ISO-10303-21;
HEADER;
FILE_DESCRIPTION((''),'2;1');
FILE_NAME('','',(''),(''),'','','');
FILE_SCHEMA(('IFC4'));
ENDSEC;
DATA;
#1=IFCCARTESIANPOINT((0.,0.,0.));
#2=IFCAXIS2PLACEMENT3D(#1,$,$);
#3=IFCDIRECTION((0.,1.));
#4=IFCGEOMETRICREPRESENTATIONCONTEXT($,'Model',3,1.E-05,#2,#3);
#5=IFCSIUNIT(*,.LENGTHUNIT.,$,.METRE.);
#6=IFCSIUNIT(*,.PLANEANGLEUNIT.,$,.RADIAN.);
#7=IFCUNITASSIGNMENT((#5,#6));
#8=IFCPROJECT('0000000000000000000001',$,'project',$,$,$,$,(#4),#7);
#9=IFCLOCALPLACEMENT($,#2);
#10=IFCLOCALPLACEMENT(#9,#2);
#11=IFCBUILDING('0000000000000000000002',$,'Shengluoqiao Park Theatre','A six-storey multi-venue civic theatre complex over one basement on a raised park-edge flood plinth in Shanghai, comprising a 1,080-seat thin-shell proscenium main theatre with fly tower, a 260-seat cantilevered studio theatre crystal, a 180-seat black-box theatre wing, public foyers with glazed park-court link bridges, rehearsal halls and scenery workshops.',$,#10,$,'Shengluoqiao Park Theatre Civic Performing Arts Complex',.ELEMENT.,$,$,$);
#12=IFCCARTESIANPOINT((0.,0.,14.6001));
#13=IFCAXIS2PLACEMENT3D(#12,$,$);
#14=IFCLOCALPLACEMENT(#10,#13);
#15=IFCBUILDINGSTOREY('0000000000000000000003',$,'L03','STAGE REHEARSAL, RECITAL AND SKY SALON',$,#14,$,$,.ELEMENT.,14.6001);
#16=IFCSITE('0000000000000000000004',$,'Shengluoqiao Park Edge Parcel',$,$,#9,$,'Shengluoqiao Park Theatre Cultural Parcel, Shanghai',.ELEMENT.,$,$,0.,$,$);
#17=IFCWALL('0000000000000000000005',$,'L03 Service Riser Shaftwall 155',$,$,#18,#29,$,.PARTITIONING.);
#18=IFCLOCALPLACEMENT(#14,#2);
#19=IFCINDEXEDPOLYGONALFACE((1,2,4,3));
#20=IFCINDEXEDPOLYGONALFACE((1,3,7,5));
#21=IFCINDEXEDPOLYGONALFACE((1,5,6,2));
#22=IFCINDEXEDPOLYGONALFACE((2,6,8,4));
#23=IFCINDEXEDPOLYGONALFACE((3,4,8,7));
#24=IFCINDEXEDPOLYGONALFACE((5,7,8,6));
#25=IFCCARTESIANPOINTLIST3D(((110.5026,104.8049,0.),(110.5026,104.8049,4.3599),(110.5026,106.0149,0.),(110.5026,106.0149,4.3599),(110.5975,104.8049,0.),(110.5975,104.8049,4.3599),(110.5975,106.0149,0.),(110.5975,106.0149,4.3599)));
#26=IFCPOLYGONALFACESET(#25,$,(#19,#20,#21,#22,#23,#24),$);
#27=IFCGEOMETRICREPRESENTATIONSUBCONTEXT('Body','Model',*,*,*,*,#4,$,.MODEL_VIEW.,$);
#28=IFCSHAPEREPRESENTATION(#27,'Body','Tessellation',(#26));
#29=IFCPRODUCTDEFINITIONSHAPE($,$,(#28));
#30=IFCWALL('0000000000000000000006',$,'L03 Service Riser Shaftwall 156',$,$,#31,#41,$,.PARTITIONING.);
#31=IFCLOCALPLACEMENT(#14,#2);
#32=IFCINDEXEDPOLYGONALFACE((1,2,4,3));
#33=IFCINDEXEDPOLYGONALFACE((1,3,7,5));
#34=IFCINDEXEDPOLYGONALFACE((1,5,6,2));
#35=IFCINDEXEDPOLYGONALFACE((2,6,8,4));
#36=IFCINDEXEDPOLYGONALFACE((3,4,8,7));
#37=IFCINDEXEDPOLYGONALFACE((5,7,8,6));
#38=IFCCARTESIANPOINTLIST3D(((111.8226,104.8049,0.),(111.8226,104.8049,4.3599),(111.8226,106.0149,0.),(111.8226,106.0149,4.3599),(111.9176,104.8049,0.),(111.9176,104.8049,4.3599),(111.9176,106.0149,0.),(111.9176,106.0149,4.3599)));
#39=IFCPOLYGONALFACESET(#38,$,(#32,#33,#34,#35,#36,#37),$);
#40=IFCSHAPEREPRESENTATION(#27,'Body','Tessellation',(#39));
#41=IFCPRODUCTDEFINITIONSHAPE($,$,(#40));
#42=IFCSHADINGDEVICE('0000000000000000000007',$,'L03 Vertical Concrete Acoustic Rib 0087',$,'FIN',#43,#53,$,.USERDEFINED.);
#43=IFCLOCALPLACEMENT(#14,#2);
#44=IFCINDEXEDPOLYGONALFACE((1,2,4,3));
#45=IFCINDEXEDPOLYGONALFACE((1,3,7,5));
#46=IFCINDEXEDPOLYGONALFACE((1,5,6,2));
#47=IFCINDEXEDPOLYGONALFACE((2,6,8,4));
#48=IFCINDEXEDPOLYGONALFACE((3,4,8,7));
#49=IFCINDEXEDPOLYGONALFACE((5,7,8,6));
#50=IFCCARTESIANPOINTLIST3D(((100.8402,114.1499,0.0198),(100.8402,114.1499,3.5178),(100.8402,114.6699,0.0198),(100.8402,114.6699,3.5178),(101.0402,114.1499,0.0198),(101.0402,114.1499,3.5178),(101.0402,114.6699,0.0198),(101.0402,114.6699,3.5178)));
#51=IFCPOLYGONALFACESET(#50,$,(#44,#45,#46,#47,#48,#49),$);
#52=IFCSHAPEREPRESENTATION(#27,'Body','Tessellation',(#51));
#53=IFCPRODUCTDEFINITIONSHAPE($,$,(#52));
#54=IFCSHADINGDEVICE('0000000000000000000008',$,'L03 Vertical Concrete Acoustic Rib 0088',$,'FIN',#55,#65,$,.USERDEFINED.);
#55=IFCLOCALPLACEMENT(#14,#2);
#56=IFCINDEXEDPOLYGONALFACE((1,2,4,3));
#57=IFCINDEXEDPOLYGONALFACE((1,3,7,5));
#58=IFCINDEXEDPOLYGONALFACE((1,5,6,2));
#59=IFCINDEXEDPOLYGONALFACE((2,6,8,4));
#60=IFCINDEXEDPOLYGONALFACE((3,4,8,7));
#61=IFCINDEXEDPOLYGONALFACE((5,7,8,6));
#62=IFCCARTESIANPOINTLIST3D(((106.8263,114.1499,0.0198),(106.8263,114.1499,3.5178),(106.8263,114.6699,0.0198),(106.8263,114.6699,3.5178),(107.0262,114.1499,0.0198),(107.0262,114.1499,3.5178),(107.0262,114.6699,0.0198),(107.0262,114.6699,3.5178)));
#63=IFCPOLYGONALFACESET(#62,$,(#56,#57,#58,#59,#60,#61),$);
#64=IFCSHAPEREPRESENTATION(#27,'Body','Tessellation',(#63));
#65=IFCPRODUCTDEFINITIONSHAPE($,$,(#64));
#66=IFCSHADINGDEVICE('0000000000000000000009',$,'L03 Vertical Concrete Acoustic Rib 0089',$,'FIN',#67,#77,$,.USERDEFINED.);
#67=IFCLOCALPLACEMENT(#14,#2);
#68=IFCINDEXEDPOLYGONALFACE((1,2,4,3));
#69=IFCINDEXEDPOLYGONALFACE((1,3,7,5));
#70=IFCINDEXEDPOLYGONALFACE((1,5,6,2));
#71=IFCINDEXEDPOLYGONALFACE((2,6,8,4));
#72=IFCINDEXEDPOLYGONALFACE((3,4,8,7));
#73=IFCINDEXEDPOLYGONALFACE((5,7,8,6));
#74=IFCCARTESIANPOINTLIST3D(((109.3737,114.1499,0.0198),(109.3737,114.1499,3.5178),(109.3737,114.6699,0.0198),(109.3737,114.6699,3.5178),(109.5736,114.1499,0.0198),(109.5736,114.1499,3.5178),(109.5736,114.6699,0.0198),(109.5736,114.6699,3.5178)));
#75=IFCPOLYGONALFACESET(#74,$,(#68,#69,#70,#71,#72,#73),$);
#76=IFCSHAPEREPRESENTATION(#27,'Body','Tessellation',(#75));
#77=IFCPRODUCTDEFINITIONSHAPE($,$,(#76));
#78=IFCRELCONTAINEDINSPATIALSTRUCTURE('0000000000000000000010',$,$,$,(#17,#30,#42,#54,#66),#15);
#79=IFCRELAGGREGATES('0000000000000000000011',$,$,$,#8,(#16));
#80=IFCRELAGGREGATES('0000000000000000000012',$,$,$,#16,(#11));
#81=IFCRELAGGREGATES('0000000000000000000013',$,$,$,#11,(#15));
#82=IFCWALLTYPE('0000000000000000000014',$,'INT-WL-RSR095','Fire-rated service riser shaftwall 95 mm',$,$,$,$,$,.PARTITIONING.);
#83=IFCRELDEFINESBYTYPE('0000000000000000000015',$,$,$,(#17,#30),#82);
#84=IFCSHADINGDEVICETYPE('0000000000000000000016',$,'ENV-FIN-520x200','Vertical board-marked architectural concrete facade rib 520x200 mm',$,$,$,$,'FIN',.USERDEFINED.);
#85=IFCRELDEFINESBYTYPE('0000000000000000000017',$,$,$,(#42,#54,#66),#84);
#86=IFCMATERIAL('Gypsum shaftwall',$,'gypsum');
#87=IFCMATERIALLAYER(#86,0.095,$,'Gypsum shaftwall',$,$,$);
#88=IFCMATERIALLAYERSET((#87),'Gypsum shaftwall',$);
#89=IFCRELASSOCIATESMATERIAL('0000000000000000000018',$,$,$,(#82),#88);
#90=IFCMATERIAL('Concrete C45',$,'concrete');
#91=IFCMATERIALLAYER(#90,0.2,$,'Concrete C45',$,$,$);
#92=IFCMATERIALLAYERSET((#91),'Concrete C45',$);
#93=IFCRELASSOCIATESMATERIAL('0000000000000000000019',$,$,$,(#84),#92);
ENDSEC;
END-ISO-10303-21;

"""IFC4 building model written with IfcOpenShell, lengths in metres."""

from ifc_helpers import new_model, si_unit, direction, frame, frame_2d, origin, origin_2d, place, context, subcontext, project, spatial, rectangle, extrude, material, layer, layer_set, type_object, element, save


model = new_model("IFC4")

# Units and contexts
model_context = context("Model", 3, precision=1e-05, world=origin(), true_north=direction((0.0, 1.0)))
body_context = subcontext(model_context, "Body", "Model", "MODEL_VIEW")
ifc_project = project(units=[si_unit("LENGTHUNIT", "METRE"), si_unit("PLANEANGLEUNIT", "RADIAN")], contexts=[model_context])

# Site, building, storey
site_placement = place(None, origin())
site = spatial("IfcSite", under=ifc_project, at=site_placement, Name="Shengluoqiao Park Edge Parcel", LongName="Shengluoqiao Park Theatre Cultural Parcel, Shanghai", CompositionType="ELEMENT", RefElevation=0.0)
building_placement = place(site_placement, origin())
building = spatial("IfcBuilding", under=site, at=building_placement, Name="Shengluoqiao Park Theatre", Description="A six-storey multi-venue civic theatre complex over one basement on a raised park-edge flood plinth in Shanghai, comprising a 1,080-seat thin-shell proscenium main theatre with fly tower, a 260-seat cantilevered studio theatre crystal, a 180-seat black-box theatre wing, public foyers with glazed park-court link bridges, rehearsal halls and scenery workshops.", LongName="Shengluoqiao Park Theatre Civic Performing Arts Complex", CompositionType="ELEMENT")
storey_placement = place(building_placement, frame((0.0, 0.0, 14.6001)))
storey = spatial("IfcBuildingStorey", under=building, at=storey_placement, Name="L03", Description="STAGE REHEARSAL, RECITAL AND SKY SALON", CompositionType="ELEMENT", Elevation=14.6001)

# Walls
ifc_material_1 = material(Name="Concrete C45", Category="concrete")
ifc_material_2 = material(Name="Gypsum shaftwall", Category="gypsum")
ifc_layer_1 = layer(ifc_material_2, 0.095, Name="Gypsum shaftwall")
ifc_layer_set_1 = layer_set([ifc_layer_1], Name="Gypsum shaftwall")
wall_type_1 = type_object("IfcWallType", Name="INT-WL-RSR095", Description="Fire-rated service riser shaftwall 95 mm", PredefinedType="PARTITIONING", material=ifc_layer_set_1)
for number, where, z_axis, x_axis, name in (
    (1, (110.55, 104.8049, 0.0), (0.0, 0.0, 1.0), (0.0, 1.0, 0.0), "L03 Service Riser Shaftwall 155"),
    (2, (111.8701, 104.8049, 0.0), (0.0, 0.0, 1.0), (0.0, 1.0, 0.0), "L03 Service Riser Shaftwall 156"),
):
    element("IfcWall", number, at=place(storey_placement, frame(where, z_axis=z_axis, x_axis=x_axis)), inside=storey, type_object=wall_type_1, Name=name, PredefinedType="PARTITIONING", context=body_context, shape_type="SweptSolid", body=[
        extrude(rectangle(XDim=1.21, YDim=0.095, at=frame_2d((0.605, 0.0))), origin(), (0.0, 0.0, 1.0), 4.3599),
    ])

# Shading devices
ifc_layer_2 = layer(ifc_material_1, 0.2, Name="Concrete C45")
ifc_layer_set_2 = layer_set([ifc_layer_2], Name="Concrete C45")
shading_device_type = type_object("IfcShadingDeviceType", Name="ENV-FIN-520x200", Description="Vertical board-marked architectural concrete facade rib 520x200 mm", ElementType="FIN", PredefinedType="USERDEFINED", material=ifc_layer_set_2)
for number, where, z_axis, x_axis, name in (
    (3, (100.9402, 114.4099, 0.0198), (0.0, 0.0, 1.0), (0.0, 1.0, 0.0), "L03 Vertical Concrete Acoustic Rib 0087"),
    (4, (106.9263, 114.4099, 0.0198), (0.0, 0.0, 1.0), (0.0, 1.0, 0.0), "L03 Vertical Concrete Acoustic Rib 0088"),
    (5, (109.4736, 114.4099, 0.0198), (0.0, 0.0, 1.0), (0.0, 1.0, 0.0), "L03 Vertical Concrete Acoustic Rib 0089"),
):
    element("IfcShadingDevice", number, at=place(storey_placement, frame(where, z_axis=z_axis, x_axis=x_axis)), inside=storey, type_object=shading_device_type, Name=name, ObjectType="FIN", PredefinedType="USERDEFINED", context=body_context, shape_type="SweptSolid", body=[
        extrude(rectangle(XDim=0.52, YDim=0.2, at=origin_2d()), origin(), (0.0, 0.0, 1.0), 3.498),
    ])

save(model, "model.ifc")
